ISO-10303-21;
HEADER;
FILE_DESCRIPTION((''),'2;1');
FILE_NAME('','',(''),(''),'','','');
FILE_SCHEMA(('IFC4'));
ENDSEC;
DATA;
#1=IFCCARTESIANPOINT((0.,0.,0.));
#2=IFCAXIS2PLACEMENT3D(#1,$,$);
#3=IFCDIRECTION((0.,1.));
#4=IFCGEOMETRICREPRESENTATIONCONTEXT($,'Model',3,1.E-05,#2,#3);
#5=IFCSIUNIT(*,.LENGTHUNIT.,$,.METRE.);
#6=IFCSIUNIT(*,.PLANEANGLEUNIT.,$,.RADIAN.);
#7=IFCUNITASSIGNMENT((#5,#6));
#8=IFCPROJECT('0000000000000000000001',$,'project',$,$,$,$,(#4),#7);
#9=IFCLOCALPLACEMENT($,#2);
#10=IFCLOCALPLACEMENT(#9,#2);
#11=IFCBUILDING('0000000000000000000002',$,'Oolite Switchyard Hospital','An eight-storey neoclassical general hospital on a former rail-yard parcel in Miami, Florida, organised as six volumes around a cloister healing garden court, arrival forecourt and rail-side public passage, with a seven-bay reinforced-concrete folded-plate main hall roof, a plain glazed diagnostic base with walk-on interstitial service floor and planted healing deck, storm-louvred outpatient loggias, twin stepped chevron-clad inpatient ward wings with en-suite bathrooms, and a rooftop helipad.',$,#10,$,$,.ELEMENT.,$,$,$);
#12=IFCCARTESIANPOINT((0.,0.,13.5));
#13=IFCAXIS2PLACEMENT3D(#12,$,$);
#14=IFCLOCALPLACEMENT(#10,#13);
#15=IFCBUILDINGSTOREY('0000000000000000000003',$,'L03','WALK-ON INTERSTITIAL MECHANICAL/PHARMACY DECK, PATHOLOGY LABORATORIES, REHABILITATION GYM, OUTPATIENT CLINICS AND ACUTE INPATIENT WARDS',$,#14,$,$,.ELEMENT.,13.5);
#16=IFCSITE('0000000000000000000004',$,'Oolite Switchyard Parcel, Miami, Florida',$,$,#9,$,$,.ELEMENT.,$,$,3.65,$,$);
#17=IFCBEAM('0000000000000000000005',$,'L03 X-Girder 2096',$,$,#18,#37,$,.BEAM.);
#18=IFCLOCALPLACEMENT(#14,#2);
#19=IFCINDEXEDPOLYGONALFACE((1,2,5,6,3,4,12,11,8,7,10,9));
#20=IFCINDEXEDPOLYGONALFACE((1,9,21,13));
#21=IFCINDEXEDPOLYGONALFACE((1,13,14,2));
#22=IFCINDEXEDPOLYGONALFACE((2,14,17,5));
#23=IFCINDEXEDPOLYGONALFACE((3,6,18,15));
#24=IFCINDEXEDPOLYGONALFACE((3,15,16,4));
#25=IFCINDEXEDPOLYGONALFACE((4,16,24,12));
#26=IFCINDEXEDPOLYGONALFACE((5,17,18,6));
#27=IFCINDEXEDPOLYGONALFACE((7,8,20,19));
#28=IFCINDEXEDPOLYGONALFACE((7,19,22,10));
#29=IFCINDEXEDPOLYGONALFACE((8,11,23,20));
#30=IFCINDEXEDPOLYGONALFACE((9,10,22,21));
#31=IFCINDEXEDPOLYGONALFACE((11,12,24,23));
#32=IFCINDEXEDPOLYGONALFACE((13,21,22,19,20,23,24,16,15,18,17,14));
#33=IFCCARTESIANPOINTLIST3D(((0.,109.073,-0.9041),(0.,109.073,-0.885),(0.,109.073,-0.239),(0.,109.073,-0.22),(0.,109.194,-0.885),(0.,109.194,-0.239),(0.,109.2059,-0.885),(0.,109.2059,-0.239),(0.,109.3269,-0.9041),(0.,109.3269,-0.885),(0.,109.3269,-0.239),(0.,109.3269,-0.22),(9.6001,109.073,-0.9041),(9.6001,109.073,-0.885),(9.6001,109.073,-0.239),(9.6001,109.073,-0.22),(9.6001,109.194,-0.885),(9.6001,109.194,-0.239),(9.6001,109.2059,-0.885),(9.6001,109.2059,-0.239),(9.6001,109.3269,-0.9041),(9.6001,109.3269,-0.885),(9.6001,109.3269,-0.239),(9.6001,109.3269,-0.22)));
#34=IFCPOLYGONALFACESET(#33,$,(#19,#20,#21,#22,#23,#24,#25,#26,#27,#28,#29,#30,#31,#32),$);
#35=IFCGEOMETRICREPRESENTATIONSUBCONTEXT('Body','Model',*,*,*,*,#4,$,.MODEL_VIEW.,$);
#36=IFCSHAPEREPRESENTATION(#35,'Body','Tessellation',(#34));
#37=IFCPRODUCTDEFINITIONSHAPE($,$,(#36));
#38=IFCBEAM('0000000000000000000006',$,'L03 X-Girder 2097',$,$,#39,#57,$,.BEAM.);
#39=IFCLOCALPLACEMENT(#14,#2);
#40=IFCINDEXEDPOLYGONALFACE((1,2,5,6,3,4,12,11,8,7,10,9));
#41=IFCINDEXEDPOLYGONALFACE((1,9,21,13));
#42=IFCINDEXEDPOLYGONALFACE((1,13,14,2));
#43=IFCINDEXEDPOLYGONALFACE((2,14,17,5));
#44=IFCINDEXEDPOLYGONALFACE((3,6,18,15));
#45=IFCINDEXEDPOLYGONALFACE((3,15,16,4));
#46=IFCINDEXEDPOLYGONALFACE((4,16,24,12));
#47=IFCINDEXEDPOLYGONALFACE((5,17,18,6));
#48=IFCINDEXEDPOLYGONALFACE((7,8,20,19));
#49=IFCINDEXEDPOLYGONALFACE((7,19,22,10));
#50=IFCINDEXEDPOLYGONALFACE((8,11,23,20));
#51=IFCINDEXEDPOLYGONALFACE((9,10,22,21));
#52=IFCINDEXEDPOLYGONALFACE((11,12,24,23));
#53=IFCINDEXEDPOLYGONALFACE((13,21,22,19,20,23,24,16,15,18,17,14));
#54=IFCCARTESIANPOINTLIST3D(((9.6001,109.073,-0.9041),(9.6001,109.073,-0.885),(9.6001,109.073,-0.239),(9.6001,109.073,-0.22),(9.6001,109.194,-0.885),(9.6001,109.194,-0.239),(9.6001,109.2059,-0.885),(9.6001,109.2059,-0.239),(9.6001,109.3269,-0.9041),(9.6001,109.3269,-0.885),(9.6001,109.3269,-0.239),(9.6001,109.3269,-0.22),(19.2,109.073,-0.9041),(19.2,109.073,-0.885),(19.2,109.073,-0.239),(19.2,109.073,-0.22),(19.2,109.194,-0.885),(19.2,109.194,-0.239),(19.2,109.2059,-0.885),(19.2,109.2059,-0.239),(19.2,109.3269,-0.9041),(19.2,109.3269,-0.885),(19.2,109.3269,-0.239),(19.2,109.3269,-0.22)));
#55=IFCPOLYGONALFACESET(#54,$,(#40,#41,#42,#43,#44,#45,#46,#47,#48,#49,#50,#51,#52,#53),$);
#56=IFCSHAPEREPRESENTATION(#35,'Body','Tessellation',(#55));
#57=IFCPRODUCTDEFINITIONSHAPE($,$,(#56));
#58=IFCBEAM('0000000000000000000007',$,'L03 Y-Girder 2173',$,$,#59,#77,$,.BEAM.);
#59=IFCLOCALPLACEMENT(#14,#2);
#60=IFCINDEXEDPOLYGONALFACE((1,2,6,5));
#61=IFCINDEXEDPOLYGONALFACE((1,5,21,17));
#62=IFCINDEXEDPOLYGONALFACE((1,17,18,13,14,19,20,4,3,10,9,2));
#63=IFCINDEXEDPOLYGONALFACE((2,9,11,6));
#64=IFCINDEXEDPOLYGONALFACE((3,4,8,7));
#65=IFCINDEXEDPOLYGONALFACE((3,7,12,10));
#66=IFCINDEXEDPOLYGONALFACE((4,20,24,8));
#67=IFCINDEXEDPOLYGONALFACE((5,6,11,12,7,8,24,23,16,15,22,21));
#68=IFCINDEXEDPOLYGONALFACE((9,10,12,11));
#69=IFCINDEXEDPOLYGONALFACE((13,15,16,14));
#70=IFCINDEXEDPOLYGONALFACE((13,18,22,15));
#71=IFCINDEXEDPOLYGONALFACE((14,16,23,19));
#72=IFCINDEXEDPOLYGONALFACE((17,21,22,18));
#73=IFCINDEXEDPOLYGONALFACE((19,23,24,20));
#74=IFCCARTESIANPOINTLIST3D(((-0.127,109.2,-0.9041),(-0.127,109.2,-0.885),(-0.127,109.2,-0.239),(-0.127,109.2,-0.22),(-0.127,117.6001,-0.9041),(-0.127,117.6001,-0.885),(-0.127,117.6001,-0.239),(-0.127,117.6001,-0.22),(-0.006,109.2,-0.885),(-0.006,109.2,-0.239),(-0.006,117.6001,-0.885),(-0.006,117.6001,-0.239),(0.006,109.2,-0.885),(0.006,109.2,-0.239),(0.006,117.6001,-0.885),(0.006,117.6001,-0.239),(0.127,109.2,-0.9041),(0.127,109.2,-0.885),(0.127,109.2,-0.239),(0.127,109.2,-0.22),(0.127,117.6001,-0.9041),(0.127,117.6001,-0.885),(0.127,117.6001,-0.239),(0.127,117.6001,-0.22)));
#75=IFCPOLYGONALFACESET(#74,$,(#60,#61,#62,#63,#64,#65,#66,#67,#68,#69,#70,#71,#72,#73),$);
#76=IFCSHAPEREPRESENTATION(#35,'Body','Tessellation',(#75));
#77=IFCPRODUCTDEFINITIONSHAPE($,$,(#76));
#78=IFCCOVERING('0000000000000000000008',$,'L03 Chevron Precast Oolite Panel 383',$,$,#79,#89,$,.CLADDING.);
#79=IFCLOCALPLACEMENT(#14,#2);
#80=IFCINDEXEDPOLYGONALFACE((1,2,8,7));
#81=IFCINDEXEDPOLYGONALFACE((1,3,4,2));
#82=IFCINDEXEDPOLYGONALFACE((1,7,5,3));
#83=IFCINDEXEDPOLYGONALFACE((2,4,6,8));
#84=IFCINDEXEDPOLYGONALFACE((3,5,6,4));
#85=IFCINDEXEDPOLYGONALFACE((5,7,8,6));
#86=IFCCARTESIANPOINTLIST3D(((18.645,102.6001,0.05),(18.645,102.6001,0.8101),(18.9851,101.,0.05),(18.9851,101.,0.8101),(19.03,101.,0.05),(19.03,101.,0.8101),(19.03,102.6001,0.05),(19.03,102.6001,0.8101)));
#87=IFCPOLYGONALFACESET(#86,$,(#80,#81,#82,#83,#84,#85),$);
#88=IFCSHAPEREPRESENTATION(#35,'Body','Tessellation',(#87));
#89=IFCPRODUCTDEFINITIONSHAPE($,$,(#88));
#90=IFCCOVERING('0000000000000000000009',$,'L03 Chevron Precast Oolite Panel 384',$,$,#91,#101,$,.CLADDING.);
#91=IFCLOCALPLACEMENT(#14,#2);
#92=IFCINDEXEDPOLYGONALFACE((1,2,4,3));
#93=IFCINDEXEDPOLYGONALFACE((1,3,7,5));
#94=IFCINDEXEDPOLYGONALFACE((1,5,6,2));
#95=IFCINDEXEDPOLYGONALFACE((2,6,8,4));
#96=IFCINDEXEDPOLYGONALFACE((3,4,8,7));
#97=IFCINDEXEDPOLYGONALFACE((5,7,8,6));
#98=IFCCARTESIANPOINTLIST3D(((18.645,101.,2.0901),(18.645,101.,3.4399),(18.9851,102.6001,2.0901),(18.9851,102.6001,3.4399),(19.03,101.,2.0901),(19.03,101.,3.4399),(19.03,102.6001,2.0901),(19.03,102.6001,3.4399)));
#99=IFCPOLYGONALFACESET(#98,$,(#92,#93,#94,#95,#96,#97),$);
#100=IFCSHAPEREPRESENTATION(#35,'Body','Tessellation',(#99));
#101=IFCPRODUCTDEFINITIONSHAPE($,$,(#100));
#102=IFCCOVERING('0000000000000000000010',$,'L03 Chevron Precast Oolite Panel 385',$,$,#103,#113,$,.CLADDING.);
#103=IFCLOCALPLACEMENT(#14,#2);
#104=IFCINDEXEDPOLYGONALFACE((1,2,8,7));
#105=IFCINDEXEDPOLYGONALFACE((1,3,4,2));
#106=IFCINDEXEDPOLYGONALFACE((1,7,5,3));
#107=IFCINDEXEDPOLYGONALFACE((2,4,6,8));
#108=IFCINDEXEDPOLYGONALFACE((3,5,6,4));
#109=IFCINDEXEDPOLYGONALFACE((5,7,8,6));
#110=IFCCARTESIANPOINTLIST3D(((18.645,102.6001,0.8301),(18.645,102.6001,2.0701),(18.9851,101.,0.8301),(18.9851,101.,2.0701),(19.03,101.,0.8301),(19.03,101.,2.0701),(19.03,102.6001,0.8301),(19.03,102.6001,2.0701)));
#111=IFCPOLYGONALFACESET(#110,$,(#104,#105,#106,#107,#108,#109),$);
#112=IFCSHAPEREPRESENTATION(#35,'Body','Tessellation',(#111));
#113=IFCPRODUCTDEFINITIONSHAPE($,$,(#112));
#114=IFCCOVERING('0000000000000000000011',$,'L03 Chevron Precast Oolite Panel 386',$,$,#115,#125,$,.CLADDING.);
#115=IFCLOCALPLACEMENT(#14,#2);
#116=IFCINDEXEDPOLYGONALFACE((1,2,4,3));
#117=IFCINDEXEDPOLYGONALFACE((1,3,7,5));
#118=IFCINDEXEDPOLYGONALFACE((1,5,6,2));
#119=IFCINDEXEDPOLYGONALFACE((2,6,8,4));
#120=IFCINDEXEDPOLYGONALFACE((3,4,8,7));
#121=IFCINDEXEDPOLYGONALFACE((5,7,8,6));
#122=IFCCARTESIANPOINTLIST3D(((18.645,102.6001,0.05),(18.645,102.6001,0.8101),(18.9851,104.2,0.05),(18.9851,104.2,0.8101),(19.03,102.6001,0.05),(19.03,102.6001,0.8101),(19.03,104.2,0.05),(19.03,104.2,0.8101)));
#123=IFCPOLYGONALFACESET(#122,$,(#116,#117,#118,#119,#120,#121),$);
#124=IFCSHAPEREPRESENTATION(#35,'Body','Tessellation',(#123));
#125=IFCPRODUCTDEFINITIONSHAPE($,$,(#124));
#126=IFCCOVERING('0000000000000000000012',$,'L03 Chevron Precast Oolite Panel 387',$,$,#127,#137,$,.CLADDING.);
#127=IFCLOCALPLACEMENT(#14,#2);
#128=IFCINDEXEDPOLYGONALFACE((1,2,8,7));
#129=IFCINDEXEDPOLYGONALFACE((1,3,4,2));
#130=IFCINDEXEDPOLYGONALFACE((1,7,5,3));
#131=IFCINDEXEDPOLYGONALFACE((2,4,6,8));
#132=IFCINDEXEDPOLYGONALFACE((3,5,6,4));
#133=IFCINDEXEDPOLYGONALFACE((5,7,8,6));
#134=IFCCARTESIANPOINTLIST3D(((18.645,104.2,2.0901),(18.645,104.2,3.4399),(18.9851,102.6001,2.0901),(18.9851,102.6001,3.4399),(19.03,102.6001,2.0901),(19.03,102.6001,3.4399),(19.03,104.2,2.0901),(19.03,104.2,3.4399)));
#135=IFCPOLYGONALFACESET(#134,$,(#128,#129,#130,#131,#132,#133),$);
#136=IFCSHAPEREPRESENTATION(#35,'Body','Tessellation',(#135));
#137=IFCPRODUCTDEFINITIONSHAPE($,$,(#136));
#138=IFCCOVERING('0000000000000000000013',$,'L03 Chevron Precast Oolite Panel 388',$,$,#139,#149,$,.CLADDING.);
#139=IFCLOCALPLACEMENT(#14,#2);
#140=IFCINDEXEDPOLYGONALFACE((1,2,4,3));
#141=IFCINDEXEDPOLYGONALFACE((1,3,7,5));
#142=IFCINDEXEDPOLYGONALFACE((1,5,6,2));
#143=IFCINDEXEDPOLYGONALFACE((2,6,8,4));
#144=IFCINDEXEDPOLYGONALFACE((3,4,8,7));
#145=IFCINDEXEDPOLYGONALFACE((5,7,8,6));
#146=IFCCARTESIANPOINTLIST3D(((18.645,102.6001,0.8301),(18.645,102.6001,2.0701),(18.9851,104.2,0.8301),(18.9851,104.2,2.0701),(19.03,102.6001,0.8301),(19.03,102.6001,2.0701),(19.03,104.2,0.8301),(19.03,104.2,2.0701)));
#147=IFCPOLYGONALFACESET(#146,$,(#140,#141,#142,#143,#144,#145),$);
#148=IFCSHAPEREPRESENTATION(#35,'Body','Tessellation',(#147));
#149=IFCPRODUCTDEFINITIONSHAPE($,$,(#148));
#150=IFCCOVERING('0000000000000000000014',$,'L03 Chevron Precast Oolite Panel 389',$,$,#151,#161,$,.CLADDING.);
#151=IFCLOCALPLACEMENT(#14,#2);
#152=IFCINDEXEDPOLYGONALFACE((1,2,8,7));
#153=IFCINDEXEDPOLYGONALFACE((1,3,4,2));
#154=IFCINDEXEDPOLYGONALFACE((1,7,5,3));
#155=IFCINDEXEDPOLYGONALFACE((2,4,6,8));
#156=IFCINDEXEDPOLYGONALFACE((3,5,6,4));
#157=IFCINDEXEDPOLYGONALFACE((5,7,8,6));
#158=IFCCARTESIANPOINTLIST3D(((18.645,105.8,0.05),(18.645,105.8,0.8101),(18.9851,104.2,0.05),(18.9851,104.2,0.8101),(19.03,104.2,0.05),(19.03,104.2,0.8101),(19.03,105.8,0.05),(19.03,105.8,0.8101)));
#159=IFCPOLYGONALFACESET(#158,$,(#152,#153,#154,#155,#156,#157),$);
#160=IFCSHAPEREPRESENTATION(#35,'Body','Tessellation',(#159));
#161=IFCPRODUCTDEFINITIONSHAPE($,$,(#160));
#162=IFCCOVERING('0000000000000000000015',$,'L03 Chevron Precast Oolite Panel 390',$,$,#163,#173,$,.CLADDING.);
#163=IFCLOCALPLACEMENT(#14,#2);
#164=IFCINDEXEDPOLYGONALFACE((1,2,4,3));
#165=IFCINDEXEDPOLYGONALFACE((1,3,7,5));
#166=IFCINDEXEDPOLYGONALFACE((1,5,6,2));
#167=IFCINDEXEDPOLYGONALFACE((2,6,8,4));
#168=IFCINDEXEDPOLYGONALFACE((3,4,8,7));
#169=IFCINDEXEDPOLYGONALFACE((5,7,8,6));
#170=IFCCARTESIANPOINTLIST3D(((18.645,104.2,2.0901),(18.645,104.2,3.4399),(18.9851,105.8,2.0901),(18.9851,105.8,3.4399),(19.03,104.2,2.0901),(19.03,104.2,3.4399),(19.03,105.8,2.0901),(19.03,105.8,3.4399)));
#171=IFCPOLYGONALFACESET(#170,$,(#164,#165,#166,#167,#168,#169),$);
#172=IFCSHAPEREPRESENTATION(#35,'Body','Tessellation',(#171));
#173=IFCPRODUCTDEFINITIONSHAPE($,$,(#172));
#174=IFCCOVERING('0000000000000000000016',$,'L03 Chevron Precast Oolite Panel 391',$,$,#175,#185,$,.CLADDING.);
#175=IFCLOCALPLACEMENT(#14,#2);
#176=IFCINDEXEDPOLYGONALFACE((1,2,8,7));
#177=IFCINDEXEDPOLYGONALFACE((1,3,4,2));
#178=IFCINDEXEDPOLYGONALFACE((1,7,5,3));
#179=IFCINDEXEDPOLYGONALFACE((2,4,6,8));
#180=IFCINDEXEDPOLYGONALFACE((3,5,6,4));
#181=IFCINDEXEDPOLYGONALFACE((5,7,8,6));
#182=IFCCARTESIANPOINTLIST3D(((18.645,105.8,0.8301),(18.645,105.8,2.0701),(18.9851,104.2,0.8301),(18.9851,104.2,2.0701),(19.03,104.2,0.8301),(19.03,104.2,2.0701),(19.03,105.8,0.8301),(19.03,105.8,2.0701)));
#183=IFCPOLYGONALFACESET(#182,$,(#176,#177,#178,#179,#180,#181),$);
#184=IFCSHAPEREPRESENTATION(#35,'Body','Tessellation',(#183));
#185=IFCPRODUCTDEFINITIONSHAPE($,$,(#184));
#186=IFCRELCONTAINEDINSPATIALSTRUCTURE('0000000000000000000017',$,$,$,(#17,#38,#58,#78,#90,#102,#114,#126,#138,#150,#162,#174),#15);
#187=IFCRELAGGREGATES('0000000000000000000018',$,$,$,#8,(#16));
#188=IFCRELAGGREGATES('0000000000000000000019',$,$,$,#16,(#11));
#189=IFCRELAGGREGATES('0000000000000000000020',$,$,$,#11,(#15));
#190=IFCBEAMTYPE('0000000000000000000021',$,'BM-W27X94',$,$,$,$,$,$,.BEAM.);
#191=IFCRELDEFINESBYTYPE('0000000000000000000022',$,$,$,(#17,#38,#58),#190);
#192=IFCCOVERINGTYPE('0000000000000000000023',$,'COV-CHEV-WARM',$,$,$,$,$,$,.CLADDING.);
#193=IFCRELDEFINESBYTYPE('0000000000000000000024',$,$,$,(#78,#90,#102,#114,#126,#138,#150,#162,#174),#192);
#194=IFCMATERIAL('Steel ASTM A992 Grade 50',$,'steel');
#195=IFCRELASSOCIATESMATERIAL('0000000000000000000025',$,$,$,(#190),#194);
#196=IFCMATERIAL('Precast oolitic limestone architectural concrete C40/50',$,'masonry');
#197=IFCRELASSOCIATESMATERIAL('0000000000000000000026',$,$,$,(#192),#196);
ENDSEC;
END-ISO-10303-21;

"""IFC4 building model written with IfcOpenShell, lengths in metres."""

from ifc_helpers import new_model, si_unit, direction, frame, origin, origin_2d, place, context, subcontext, project, spatial, polyline, i_section, outline, extrude, material, material_profile, profile_set, type_object, element, save


model = new_model("IFC4")

# Units and contexts
model_context = context("Model", 3, precision=1e-05, world=origin(), true_north=direction((0.0, 1.0)))
body_context = subcontext(model_context, "Body", "Model", "MODEL_VIEW")
ifc_project = project(units=[si_unit("LENGTHUNIT", "METRE"), si_unit("PLANEANGLEUNIT", "RADIAN")], contexts=[model_context])

# Site, building, storey
site_placement = place(None, origin())
site = spatial("IfcSite", under=ifc_project, at=site_placement, Name="Oolite Switchyard Parcel, Miami, Florida", CompositionType="ELEMENT", RefElevation=3.65)
building_placement = place(site_placement, origin())
building = spatial("IfcBuilding", under=site, at=building_placement, Name="Oolite Switchyard Hospital", Description="An eight-storey neoclassical general hospital on a former rail-yard parcel in Miami, Florida, organised as six volumes around a cloister healing garden court, arrival forecourt and rail-side public passage, with a seven-bay reinforced-concrete folded-plate main hall roof, a plain glazed diagnostic base with walk-on interstitial service floor and planted healing deck, storm-louvred outpatient loggias, twin stepped chevron-clad inpatient ward wings with en-suite bathrooms, and a rooftop helipad.", CompositionType="ELEMENT")
storey_placement = place(building_placement, frame((0.0, 0.0, 13.5)))
storey = spatial("IfcBuildingStorey", under=building, at=storey_placement, Name="L03", Description="WALK-ON INTERSTITIAL MECHANICAL/PHARMACY DECK, PATHOLOGY LABORATORIES, REHABILITATION GYM, OUTPATIENT CLINICS AND ACUTE INPATIENT WARDS", CompositionType="ELEMENT", Elevation=13.5)

# Beams
ifc_material_1 = material(Name="Steel ASTM A992 Grade 50", Category="steel")
ifc_material_profile_1 = material_profile(ifc_material_1, i_section(OverallWidth=0.2539, OverallDepth=0.6841, WebThickness=0.012, FlangeThickness=0.019, at=origin_2d()), Name="W27X94")
ifc_profile_set_1 = profile_set([ifc_material_profile_1], Name="Steel ASTM A992 Grade 50")
beam_type_1 = type_object("IfcBeamType", Name="BM-W27X94", PredefinedType="BEAM", material=ifc_profile_set_1)
beam_1_placement = place(storey_placement, frame((0.0, 109.2, -0.562), z_axis=(1.0, 0.0, 0.0), x_axis=(0.0, 1.0, 0.0)))
element("IfcBeam", 1, at=beam_1_placement, inside=storey, type_object=beam_type_1, Name="L03 X-Girder 2096", PredefinedType="BEAM", context=body_context, shape_type="SweptSolid", body=[
    extrude(i_section(OverallWidth=0.2539, OverallDepth=0.6841, WebThickness=0.012, FlangeThickness=0.019, at=origin_2d()), origin(), (0.0, 0.0, 1.0), 9.6001),
])
beam_2_placement = place(storey_placement, frame((9.6001, 109.2, -0.562), z_axis=(1.0, 0.0, 0.0), x_axis=(0.0, 1.0, 0.0)))
element("IfcBeam", 2, at=beam_2_placement, inside=storey, type_object=beam_type_1, Name="L03 X-Girder 2097", PredefinedType="BEAM", context=body_context, shape_type="SweptSolid", body=[
    extrude(i_section(OverallWidth=0.2539, OverallDepth=0.6841, WebThickness=0.012, FlangeThickness=0.019, at=origin_2d()), origin(), (0.0, 0.0, 1.0), 9.5999),
])
beam_3_placement = place(storey_placement, frame((0.0, 109.2, -0.562), z_axis=(0.0, 1.0, 0.0), x_axis=(-1.0, 0.0, 0.0)))
element("IfcBeam", 3, at=beam_3_placement, inside=storey, type_object=beam_type_1, Name="L03 Y-Girder 2173", PredefinedType="BEAM", context=body_context, shape_type="SweptSolid", body=[
    extrude(i_section(OverallWidth=0.2539, OverallDepth=0.6841, WebThickness=0.012, FlangeThickness=0.019, at=origin_2d()), origin(), (0.0, 0.0, 1.0), 8.4001),
])

# Coverings
ifc_material_2 = material(Name="Precast oolitic limestone architectural concrete C40/50", Category="masonry")
covering_type = type_object("IfcCoveringType", Name="COV-CHEV-WARM", PredefinedType="CLADDING", material=ifc_material_2)
covering_1_placement = place(storey_placement, frame((19.03, 101.0, 0.05), z_axis=(0.0, 0.0, 1.0), x_axis=(0.0, 1.0, 0.0)))
element("IfcCovering", 4, at=covering_1_placement, inside=storey, type_object=covering_type, Name="L03 Chevron Precast Oolite Panel 383", PredefinedType="CLADDING", context=body_context, shape_type="SweptSolid", body=[
    extrude(outline(polyline([(0.0, 0.0), (1.6001, 0.0), (1.6001, 0.385), (0.0, 0.0449), (0.0, 0.0)])), origin(), (0.0, 0.0, 1.0), 0.76),
])
covering_2_placement = place(storey_placement, frame((19.03, 101.0, 2.0901), z_axis=(0.0, 0.0, 1.0), x_axis=(0.0, 1.0, 0.0)))
element("IfcCovering", 5, at=covering_2_placement, inside=storey, type_object=covering_type, Name="L03 Chevron Precast Oolite Panel 384", PredefinedType="CLADDING", context=body_context, shape_type="SweptSolid", body=[
    extrude(outline(polyline([(0.0, 0.0), (1.6001, 0.0), (1.6001, 0.0449), (0.0, 0.385), (0.0, 0.0)])), origin(), (0.0, 0.0, 1.0), 1.3499),
])
covering_3_placement = place(storey_placement, frame((19.03, 101.0, 0.8301), z_axis=(0.0, 0.0, 1.0), x_axis=(0.0, 1.0, 0.0)))
element("IfcCovering", 6, at=covering_3_placement, inside=storey, type_object=covering_type, Name="L03 Chevron Precast Oolite Panel 385", PredefinedType="CLADDING", context=body_context, shape_type="SweptSolid", body=[
    extrude(outline(polyline([(0.0, 0.0), (1.6001, 0.0), (1.6001, 0.385), (0.0, 0.0449), (0.0, 0.0)])), origin(), (0.0, 0.0, 1.0), 1.24),
])
covering_4_placement = place(storey_placement, frame((19.03, 102.6001, 0.05), z_axis=(0.0, 0.0, 1.0), x_axis=(0.0, 1.0, 0.0)))
element("IfcCovering", 7, at=covering_4_placement, inside=storey, type_object=covering_type, Name="L03 Chevron Precast Oolite Panel 386", PredefinedType="CLADDING", context=body_context, shape_type="SweptSolid", body=[
    extrude(outline(polyline([(0.0, 0.0), (1.5999, 0.0), (1.5999, 0.0449), (0.0, 0.385), (0.0, 0.0)])), origin(), (0.0, 0.0, 1.0), 0.76),
])
covering_5_placement = place(storey_placement, frame((19.03, 102.6001, 2.0901), z_axis=(0.0, 0.0, 1.0), x_axis=(0.0, 1.0, 0.0)))
element("IfcCovering", 8, at=covering_5_placement, inside=storey, type_object=covering_type, Name="L03 Chevron Precast Oolite Panel 387", PredefinedType="CLADDING", context=body_context, shape_type="SweptSolid", body=[
    extrude(outline(polyline([(0.0, 0.0), (1.5999, 0.0), (1.5999, 0.385), (0.0, 0.0449), (0.0, 0.0)])), origin(), (0.0, 0.0, 1.0), 1.3499),
])
covering_6_placement = place(storey_placement, frame((19.03, 102.6001, 0.8301), z_axis=(0.0, 0.0, 1.0), x_axis=(0.0, 1.0, 0.0)))
element("IfcCovering", 9, at=covering_6_placement, inside=storey, type_object=covering_type, Name="L03 Chevron Precast Oolite Panel 388", PredefinedType="CLADDING", context=body_context, shape_type="SweptSolid", body=[
    extrude(outline(polyline([(0.0, 0.0), (1.5999, 0.0), (1.5999, 0.0449), (0.0, 0.385), (0.0, 0.0)])), origin(), (0.0, 0.0, 1.0), 1.24),
])
covering_7_placement = place(storey_placement, frame((19.03, 104.2, 0.05), z_axis=(0.0, 0.0, 1.0), x_axis=(0.0, 1.0, 0.0)))
element("IfcCovering", 10, at=covering_7_placement, inside=storey, type_object=covering_type, Name="L03 Chevron Precast Oolite Panel 389", PredefinedType="CLADDING", context=body_context, shape_type="SweptSolid", body=[
    extrude(outline(polyline([(0.0, 0.0), (1.6001, 0.0), (1.6001, 0.385), (0.0, 0.0449), (0.0, 0.0)])), origin(), (0.0, 0.0, 1.0), 0.76),
])
covering_8_placement = place(storey_placement, frame((19.03, 104.2, 2.0901), z_axis=(0.0, 0.0, 1.0), x_axis=(0.0, 1.0, 0.0)))
element("IfcCovering", 11, at=covering_8_placement, inside=storey, type_object=covering_type, Name="L03 Chevron Precast Oolite Panel 390", PredefinedType="CLADDING", context=body_context, shape_type="SweptSolid", body=[
    extrude(outline(polyline([(0.0, 0.0), (1.6001, 0.0), (1.6001, 0.0449), (0.0, 0.385), (0.0, 0.0)])), origin(), (0.0, 0.0, 1.0), 1.3499),
])
covering_9_placement = place(storey_placement, frame((19.03, 104.2, 0.8301), z_axis=(0.0, 0.0, 1.0), x_axis=(0.0, 1.0, 0.0)))
element("IfcCovering", 12, at=covering_9_placement, inside=storey, type_object=covering_type, Name="L03 Chevron Precast Oolite Panel 391", PredefinedType="CLADDING", context=body_context, shape_type="SweptSolid", body=[
    extrude(outline(polyline([(0.0, 0.0), (1.6001, 0.0), (1.6001, 0.385), (0.0, 0.0449), (0.0, 0.0)])), origin(), (0.0, 0.0, 1.0), 1.24),
])

save(model, "model.ifc")
